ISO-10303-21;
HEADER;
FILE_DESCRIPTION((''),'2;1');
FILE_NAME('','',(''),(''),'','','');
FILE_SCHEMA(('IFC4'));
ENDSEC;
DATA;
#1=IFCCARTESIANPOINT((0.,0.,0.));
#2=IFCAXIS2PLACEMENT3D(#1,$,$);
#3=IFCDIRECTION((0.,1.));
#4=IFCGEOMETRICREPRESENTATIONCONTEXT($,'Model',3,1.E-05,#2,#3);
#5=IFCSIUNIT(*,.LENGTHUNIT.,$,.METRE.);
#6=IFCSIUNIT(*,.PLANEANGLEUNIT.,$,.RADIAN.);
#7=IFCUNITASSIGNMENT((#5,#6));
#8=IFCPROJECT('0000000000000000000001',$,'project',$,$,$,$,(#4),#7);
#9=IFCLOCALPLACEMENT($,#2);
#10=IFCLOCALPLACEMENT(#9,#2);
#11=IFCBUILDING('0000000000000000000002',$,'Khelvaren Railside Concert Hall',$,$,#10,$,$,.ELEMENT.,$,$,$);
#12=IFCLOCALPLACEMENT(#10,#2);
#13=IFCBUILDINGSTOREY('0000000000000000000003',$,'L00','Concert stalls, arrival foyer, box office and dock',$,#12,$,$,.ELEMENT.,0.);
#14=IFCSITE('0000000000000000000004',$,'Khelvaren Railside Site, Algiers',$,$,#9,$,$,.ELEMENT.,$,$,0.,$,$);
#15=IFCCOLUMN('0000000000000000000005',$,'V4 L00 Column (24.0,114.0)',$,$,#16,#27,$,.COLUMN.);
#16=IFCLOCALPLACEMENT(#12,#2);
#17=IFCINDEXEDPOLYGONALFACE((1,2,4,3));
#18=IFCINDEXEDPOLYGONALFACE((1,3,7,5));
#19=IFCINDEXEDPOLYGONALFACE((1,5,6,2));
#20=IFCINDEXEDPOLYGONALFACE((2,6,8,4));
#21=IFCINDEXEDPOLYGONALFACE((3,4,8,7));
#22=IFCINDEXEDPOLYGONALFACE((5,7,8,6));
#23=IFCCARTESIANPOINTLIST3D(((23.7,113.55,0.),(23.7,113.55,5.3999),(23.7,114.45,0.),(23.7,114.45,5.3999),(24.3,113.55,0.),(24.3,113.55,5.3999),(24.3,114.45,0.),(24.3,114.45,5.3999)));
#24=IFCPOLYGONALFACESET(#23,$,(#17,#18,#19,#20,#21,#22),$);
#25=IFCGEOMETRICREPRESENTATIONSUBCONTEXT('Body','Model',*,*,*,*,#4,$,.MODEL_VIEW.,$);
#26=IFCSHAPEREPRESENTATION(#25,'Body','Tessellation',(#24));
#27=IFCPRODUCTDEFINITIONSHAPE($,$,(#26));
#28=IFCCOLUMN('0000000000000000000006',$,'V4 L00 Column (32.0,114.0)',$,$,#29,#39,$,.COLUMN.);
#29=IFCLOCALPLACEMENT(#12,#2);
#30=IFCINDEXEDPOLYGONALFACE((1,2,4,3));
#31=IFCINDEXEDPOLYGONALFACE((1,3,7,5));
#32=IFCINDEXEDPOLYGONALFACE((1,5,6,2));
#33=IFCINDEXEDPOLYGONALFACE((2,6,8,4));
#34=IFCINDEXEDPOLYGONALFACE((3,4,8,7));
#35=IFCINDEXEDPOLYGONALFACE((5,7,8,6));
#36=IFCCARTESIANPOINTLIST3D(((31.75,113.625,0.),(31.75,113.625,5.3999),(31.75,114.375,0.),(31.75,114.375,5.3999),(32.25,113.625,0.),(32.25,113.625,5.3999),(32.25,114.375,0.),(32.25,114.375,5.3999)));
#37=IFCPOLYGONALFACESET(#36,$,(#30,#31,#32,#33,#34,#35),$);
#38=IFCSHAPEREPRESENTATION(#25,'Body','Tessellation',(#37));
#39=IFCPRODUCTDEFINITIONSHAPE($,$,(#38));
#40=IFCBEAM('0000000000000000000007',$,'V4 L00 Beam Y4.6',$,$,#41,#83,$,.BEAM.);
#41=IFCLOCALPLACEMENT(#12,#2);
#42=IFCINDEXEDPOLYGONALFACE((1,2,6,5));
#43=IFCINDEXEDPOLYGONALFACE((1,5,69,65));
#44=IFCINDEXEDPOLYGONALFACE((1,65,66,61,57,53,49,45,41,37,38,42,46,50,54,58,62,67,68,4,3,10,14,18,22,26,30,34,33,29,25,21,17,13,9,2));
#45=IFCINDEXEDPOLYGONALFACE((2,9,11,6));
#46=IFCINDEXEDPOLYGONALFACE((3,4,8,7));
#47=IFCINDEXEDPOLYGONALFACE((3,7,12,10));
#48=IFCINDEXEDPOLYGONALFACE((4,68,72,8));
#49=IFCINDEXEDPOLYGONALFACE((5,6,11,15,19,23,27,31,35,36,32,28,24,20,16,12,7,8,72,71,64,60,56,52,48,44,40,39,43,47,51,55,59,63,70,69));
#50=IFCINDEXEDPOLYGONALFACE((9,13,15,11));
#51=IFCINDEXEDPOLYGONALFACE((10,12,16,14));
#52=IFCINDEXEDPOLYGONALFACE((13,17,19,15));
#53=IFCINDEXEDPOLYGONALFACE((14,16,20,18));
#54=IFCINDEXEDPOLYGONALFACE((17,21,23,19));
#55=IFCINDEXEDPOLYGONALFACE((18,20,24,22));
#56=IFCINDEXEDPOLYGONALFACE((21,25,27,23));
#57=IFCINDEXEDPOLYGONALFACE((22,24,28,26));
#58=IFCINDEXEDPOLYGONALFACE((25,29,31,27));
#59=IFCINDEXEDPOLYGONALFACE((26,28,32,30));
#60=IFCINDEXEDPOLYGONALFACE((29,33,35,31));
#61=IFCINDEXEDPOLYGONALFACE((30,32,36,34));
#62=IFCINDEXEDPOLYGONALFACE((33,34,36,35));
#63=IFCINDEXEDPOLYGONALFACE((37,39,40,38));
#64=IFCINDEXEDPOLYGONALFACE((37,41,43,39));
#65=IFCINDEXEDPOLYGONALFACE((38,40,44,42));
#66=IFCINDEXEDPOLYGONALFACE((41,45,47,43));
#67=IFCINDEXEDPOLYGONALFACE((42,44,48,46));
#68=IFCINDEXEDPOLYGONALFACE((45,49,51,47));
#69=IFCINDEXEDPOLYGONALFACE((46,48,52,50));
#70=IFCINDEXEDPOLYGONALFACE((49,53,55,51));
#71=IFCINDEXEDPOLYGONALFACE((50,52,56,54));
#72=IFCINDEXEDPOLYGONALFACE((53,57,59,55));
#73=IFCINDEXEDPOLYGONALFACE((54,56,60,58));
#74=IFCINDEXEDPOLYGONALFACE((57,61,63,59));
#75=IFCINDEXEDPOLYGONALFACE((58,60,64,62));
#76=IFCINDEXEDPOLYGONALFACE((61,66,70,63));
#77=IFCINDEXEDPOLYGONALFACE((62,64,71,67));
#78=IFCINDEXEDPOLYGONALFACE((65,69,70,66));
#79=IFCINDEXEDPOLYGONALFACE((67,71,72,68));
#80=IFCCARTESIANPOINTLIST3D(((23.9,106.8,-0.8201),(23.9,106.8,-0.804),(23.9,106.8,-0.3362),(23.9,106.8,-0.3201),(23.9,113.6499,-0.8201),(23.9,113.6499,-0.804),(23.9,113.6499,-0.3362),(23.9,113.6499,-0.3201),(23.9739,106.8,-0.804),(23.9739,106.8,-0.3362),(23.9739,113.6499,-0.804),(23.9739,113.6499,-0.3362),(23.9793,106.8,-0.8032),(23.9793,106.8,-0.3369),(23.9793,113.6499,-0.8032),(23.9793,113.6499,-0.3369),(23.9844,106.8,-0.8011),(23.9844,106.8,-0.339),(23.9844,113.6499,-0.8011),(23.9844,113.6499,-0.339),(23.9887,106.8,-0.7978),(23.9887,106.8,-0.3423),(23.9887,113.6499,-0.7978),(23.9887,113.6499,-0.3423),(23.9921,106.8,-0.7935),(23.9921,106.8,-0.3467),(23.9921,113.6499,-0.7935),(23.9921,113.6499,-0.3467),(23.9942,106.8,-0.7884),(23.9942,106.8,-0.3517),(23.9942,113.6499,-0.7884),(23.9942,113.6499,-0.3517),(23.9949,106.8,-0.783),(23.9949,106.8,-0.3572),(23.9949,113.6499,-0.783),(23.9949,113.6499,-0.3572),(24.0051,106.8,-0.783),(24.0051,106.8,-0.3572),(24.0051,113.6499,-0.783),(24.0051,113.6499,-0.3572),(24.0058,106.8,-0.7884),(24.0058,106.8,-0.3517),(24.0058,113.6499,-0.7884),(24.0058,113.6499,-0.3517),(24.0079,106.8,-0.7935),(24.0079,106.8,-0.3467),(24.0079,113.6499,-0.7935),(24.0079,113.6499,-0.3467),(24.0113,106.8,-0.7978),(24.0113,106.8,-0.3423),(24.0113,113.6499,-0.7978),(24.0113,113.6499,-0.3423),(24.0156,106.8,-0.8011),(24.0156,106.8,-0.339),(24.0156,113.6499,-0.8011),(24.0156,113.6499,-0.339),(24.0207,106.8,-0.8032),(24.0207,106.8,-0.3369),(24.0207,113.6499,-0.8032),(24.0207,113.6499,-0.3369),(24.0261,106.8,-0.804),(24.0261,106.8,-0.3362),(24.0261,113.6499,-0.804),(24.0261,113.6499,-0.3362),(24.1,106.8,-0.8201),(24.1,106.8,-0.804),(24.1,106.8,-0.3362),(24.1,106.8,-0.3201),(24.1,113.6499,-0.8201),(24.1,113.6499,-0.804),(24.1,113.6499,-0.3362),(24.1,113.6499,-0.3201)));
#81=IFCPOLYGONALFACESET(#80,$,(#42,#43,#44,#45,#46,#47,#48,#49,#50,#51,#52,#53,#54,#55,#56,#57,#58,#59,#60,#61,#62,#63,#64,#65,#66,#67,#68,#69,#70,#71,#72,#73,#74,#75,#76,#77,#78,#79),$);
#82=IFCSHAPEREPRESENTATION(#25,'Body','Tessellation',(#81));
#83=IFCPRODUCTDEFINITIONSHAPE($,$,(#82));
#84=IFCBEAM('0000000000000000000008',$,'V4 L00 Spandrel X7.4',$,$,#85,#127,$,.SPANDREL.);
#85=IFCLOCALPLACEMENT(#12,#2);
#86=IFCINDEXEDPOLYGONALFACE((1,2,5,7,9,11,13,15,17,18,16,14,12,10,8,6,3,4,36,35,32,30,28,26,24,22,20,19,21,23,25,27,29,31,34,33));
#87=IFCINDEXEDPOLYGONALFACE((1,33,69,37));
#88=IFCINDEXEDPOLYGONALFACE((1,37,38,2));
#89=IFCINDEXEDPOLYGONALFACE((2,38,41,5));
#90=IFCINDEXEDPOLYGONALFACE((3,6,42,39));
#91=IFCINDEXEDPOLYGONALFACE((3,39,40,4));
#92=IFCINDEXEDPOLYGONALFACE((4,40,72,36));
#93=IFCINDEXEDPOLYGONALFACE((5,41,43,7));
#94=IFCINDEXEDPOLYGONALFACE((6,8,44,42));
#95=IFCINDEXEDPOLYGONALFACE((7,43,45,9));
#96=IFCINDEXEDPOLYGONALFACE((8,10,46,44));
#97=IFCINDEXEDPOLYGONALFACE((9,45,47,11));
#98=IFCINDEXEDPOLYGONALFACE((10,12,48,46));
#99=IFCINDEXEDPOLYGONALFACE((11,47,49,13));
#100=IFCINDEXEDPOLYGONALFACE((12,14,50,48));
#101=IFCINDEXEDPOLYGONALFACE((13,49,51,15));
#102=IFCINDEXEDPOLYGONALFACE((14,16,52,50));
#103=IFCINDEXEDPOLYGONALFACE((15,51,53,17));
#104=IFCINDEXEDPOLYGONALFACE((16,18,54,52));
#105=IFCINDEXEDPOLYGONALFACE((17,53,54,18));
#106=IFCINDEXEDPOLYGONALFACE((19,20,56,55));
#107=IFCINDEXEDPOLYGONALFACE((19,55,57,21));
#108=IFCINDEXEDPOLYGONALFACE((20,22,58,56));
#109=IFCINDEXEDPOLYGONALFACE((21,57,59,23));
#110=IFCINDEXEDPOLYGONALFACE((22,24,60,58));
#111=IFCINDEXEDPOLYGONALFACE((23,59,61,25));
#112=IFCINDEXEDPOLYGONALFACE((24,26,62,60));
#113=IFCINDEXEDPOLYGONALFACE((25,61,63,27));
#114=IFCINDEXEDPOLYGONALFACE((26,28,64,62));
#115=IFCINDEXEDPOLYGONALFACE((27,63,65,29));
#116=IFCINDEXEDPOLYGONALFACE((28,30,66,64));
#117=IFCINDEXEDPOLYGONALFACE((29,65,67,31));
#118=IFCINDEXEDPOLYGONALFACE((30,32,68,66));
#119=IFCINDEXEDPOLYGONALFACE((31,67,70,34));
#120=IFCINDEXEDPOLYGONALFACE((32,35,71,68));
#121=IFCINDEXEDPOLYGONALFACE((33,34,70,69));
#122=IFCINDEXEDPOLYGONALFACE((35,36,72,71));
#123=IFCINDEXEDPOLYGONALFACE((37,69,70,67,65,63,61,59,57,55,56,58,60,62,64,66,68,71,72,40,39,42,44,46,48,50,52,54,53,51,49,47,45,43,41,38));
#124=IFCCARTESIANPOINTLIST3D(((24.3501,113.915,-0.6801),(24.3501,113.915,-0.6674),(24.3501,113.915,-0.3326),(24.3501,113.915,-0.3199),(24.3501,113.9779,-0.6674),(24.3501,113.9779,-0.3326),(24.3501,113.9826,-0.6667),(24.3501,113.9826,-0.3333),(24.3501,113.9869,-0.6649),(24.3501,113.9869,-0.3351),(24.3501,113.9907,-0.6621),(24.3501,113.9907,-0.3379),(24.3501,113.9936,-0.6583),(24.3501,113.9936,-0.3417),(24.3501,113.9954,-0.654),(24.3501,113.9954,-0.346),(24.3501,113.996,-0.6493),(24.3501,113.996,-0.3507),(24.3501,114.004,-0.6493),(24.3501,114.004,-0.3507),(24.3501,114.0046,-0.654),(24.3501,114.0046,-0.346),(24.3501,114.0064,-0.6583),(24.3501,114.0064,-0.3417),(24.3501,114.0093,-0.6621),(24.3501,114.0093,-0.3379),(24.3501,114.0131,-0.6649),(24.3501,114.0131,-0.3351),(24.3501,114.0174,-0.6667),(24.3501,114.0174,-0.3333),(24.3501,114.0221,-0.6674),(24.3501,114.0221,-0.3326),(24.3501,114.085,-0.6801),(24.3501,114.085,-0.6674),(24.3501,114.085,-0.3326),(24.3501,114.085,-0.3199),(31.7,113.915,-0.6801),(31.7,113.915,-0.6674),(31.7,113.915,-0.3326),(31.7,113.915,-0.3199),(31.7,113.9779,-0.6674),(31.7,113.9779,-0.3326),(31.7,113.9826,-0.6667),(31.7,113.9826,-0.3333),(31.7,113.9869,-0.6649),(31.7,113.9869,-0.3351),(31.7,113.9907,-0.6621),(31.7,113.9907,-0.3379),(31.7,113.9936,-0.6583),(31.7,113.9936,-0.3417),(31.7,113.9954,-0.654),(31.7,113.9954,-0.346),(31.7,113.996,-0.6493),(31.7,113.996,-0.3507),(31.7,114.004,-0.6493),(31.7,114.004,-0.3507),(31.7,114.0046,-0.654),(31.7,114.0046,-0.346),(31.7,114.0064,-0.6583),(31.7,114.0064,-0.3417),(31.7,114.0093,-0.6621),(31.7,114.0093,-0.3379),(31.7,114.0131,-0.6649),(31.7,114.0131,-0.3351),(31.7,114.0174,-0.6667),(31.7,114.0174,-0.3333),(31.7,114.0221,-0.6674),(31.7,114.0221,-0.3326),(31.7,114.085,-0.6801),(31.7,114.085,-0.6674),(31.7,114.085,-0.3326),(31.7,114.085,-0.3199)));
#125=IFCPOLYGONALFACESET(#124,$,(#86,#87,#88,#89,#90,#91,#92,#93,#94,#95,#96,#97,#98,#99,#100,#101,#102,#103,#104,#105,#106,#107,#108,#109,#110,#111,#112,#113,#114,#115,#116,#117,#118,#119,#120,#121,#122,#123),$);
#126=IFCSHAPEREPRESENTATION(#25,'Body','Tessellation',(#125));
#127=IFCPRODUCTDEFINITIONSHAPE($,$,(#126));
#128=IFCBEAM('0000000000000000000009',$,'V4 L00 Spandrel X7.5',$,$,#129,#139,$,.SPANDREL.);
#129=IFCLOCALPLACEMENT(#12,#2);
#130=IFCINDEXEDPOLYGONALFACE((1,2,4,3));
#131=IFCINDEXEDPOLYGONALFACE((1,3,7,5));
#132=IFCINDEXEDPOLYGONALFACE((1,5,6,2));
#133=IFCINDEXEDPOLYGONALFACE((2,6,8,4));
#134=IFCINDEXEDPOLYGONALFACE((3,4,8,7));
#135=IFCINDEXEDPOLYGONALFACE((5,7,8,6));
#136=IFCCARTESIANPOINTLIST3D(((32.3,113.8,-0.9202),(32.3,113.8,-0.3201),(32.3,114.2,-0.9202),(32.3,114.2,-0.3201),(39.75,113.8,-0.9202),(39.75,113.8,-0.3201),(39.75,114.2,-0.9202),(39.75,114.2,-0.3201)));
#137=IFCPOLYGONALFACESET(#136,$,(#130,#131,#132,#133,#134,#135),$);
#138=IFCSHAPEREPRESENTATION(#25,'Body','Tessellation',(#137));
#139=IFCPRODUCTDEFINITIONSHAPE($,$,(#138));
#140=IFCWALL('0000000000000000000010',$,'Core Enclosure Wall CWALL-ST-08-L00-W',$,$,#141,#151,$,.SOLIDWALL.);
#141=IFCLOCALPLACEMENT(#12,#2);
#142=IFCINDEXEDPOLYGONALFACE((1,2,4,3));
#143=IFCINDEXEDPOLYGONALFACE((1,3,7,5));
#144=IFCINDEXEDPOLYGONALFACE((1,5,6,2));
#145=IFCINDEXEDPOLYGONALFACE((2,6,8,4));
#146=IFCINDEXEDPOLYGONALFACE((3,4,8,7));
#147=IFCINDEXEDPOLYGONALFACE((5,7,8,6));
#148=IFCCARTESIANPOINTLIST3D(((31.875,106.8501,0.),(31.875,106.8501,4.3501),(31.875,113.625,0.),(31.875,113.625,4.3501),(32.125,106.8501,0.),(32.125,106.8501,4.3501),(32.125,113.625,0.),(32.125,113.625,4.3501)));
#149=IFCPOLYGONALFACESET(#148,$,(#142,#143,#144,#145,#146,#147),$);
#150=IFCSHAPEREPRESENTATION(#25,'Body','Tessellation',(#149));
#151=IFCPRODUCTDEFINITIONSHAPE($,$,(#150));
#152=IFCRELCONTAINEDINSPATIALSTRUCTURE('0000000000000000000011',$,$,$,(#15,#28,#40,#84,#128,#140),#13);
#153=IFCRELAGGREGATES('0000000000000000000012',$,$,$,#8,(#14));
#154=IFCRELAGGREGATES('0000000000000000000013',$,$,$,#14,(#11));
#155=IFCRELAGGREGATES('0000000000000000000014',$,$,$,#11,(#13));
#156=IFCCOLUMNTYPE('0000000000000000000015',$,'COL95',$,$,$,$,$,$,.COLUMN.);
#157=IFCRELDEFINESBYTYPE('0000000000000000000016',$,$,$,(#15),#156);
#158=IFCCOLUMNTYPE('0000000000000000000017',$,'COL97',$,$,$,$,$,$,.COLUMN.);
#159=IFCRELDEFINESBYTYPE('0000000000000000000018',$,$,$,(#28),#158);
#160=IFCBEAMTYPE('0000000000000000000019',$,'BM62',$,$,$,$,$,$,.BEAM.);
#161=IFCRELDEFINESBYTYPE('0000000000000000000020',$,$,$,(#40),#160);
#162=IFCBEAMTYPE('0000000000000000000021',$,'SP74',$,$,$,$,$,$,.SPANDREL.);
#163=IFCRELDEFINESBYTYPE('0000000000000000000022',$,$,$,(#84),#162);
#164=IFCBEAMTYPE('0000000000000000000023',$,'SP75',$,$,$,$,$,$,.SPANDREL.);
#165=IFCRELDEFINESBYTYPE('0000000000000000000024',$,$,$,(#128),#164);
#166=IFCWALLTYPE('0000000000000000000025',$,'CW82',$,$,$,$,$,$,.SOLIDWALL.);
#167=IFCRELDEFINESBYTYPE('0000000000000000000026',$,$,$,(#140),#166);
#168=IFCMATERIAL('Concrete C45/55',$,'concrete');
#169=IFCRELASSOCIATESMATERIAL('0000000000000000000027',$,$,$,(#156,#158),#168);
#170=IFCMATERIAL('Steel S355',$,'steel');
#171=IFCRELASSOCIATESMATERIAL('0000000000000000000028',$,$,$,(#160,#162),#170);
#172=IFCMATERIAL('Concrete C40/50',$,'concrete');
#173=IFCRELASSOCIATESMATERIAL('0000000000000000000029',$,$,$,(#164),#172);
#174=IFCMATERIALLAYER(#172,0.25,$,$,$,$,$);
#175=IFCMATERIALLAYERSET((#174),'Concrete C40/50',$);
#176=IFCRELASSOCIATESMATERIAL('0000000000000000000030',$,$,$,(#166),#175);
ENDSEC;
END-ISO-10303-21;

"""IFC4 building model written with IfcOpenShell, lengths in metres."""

from ifc_helpers import new_model, si_unit, direction, frame, frame_2d, origin, origin_2d, place, context, subcontext, project, spatial, rectangle, i_section, extrude, material, layer, layer_set, material_profile, profile_set, type_object, element, save


model = new_model("IFC4")

# Units and contexts
model_context = context("Model", 3, precision=1e-05, world=origin(), true_north=direction((0.0, 1.0)))
body_context = subcontext(model_context, "Body", "Model", "MODEL_VIEW")
ifc_project = project(units=[si_unit("LENGTHUNIT", "METRE"), si_unit("PLANEANGLEUNIT", "RADIAN")], contexts=[model_context])

# Site, building, storey
site_placement = place(None, origin())
site = spatial("IfcSite", under=ifc_project, at=site_placement, Name="Khelvaren Railside Site, Algiers", CompositionType="ELEMENT", RefElevation=0.0)
building_placement = place(site_placement, origin())
building = spatial("IfcBuilding", under=site, at=building_placement, Name="Khelvaren Railside Concert Hall", CompositionType="ELEMENT")
storey_placement = place(building_placement, origin())
storey = spatial("IfcBuildingStorey", under=building, at=storey_placement, Name="L00", Description="Concert stalls, arrival foyer, box office and dock", CompositionType="ELEMENT", Elevation=0.0)

# Columns
ifc_material_1 = material(Name="Concrete C45/55", Category="concrete")
ifc_material_profile_1 = material_profile(ifc_material_1, rectangle(XDim=0.6001, YDim=0.8999, at=origin_2d()), Name="RC 600x900")
ifc_profile_set_1 = profile_set([ifc_material_profile_1], Name="Concrete C45/55")
column_type_1 = type_object("IfcColumnType", Name="COL95", PredefinedType="COLUMN", material=ifc_profile_set_1)
column_1_placement = place(storey_placement, frame((24.0, 114.0, 0.0), z_axis=(0.0, 0.0, 1.0), x_axis=(1.0, 0.0, 0.0)))
element("IfcColumn", 1, at=column_1_placement, inside=storey, type_object=column_type_1, Name="V4 L00 Column (24.0,114.0)", PredefinedType="COLUMN", context=body_context, shape_type="SweptSolid", body=[
    extrude(rectangle(XDim=0.6001, YDim=0.8999, at=origin_2d()), origin(), (0.0, 0.0, 1.0), 5.3999),
])
ifc_material_profile_2 = material_profile(ifc_material_1, rectangle(XDim=0.5, YDim=0.75, at=origin_2d()), Name="RC 500x750")
ifc_profile_set_2 = profile_set([ifc_material_profile_2], Name="Concrete C45/55")
column_type_2 = type_object("IfcColumnType", Name="COL97", PredefinedType="COLUMN", material=ifc_profile_set_2)
column_2_placement = place(storey_placement, frame((32.0, 114.0, 0.0), z_axis=(0.0, 0.0, 1.0), x_axis=(1.0, 0.0, 0.0)))
element("IfcColumn", 2, at=column_2_placement, inside=storey, type_object=column_type_2, Name="V4 L00 Column (32.0,114.0)", PredefinedType="COLUMN", context=body_context, shape_type="SweptSolid", body=[
    extrude(rectangle(XDim=0.5, YDim=0.75, at=origin_2d()), origin(), (0.0, 0.0, 1.0), 5.3999),
])

# Beams
ifc_material_2 = material(Name="Steel S355", Category="steel")
ifc_material_profile_3 = material_profile(ifc_material_2, i_section(OverallWidth=0.2, OverallDepth=0.5, WebThickness=0.0103, FlangeThickness=0.0161, FilletRadius=0.021, at=origin_2d()), Name="IPE 500")
ifc_profile_set_3 = profile_set([ifc_material_profile_3], Name="Steel S355")
beam_type_1 = type_object("IfcBeamType", Name="BM62", PredefinedType="BEAM", material=ifc_profile_set_3)
beam_1_placement = place(storey_placement, frame((24.0, 106.8, -0.5701), z_axis=(0.0, 1.0, 0.0), x_axis=(-1.0, 0.0, 0.0)))
element("IfcBeam", 3, at=beam_1_placement, inside=storey, type_object=beam_type_1, Name="V4 L00 Beam Y4.6", PredefinedType="BEAM", context=body_context, shape_type="SweptSolid", body=[
    extrude(i_section(OverallWidth=0.2, OverallDepth=0.5, WebThickness=0.0103, FlangeThickness=0.0161, FilletRadius=0.021, at=origin_2d()), origin(), (0.0, 0.0, 1.0), 6.8499),
])
ifc_material_profile_4 = material_profile(ifc_material_2, i_section(OverallWidth=0.1699, OverallDepth=0.3601, WebThickness=0.0081, FlangeThickness=0.0127, FilletRadius=0.0181, at=origin_2d()), Name="IPE 360")
ifc_profile_set_4 = profile_set([ifc_material_profile_4], Name="Steel S355")
beam_type_2 = type_object("IfcBeamType", Name="SP74", PredefinedType="SPANDREL", material=ifc_profile_set_4)
beam_2_placement = place(storey_placement, frame((24.3501, 114.0, -0.5), z_axis=(1.0, 0.0, 0.0), x_axis=(0.0, 1.0, 0.0)))
element("IfcBeam", 4, at=beam_2_placement, inside=storey, type_object=beam_type_2, Name="V4 L00 Spandrel X7.4", PredefinedType="SPANDREL", context=body_context, shape_type="SweptSolid", body=[
    extrude(i_section(OverallWidth=0.1699, OverallDepth=0.3601, WebThickness=0.0081, FlangeThickness=0.0127, FilletRadius=0.0181, at=origin_2d()), origin(), (0.0, 0.0, 1.0), 7.3499),
])
ifc_material_3 = material(Name="Concrete C40/50", Category="concrete")
ifc_material_profile_5 = material_profile(ifc_material_3, rectangle(XDim=0.3999, YDim=0.6001, at=origin_2d()), Name="RCB 400x600")
ifc_profile_set_5 = profile_set([ifc_material_profile_5], Name="Concrete C40/50")
beam_type_3 = type_object("IfcBeamType", Name="SP75", PredefinedType="SPANDREL", material=ifc_profile_set_5)
beam_3_placement = place(storey_placement, frame((32.3, 114.0, -0.6201), z_axis=(1.0, 0.0, 0.0), x_axis=(0.0, 1.0, 0.0)))
element("IfcBeam", 5, at=beam_3_placement, inside=storey, type_object=beam_type_3, Name="V4 L00 Spandrel X7.5", PredefinedType="SPANDREL", context=body_context, shape_type="SweptSolid", body=[
    extrude(rectangle(XDim=0.3999, YDim=0.6001, at=origin_2d()), origin(), (0.0, 0.0, 1.0), 7.45),
])

# Wall
ifc_layer_1 = layer(ifc_material_3, 0.25)
ifc_layer_set_1 = layer_set([ifc_layer_1], Name="Concrete C40/50")
wall_type_1 = type_object("IfcWallType", Name="CW82", PredefinedType="SOLIDWALL", material=ifc_layer_set_1)
wall_1_placement = place(storey_placement, frame((32.0, 106.8501, 0.0), z_axis=(0.0, 0.0, 1.0), x_axis=(0.0, 1.0, 0.0)))
element("IfcWall", 6, at=wall_1_placement, inside=storey, type_object=wall_type_1, Name="Core Enclosure Wall CWALL-ST-08-L00-W", PredefinedType="SOLIDWALL", context=body_context, shape_type="SweptSolid", body=[
    extrude(rectangle(XDim=6.7749, YDim=0.25, at=frame_2d((3.3875, 0.0))), origin(), (0.0, 0.0, 1.0), 4.3501),
])

save(model, "model.ifc")
